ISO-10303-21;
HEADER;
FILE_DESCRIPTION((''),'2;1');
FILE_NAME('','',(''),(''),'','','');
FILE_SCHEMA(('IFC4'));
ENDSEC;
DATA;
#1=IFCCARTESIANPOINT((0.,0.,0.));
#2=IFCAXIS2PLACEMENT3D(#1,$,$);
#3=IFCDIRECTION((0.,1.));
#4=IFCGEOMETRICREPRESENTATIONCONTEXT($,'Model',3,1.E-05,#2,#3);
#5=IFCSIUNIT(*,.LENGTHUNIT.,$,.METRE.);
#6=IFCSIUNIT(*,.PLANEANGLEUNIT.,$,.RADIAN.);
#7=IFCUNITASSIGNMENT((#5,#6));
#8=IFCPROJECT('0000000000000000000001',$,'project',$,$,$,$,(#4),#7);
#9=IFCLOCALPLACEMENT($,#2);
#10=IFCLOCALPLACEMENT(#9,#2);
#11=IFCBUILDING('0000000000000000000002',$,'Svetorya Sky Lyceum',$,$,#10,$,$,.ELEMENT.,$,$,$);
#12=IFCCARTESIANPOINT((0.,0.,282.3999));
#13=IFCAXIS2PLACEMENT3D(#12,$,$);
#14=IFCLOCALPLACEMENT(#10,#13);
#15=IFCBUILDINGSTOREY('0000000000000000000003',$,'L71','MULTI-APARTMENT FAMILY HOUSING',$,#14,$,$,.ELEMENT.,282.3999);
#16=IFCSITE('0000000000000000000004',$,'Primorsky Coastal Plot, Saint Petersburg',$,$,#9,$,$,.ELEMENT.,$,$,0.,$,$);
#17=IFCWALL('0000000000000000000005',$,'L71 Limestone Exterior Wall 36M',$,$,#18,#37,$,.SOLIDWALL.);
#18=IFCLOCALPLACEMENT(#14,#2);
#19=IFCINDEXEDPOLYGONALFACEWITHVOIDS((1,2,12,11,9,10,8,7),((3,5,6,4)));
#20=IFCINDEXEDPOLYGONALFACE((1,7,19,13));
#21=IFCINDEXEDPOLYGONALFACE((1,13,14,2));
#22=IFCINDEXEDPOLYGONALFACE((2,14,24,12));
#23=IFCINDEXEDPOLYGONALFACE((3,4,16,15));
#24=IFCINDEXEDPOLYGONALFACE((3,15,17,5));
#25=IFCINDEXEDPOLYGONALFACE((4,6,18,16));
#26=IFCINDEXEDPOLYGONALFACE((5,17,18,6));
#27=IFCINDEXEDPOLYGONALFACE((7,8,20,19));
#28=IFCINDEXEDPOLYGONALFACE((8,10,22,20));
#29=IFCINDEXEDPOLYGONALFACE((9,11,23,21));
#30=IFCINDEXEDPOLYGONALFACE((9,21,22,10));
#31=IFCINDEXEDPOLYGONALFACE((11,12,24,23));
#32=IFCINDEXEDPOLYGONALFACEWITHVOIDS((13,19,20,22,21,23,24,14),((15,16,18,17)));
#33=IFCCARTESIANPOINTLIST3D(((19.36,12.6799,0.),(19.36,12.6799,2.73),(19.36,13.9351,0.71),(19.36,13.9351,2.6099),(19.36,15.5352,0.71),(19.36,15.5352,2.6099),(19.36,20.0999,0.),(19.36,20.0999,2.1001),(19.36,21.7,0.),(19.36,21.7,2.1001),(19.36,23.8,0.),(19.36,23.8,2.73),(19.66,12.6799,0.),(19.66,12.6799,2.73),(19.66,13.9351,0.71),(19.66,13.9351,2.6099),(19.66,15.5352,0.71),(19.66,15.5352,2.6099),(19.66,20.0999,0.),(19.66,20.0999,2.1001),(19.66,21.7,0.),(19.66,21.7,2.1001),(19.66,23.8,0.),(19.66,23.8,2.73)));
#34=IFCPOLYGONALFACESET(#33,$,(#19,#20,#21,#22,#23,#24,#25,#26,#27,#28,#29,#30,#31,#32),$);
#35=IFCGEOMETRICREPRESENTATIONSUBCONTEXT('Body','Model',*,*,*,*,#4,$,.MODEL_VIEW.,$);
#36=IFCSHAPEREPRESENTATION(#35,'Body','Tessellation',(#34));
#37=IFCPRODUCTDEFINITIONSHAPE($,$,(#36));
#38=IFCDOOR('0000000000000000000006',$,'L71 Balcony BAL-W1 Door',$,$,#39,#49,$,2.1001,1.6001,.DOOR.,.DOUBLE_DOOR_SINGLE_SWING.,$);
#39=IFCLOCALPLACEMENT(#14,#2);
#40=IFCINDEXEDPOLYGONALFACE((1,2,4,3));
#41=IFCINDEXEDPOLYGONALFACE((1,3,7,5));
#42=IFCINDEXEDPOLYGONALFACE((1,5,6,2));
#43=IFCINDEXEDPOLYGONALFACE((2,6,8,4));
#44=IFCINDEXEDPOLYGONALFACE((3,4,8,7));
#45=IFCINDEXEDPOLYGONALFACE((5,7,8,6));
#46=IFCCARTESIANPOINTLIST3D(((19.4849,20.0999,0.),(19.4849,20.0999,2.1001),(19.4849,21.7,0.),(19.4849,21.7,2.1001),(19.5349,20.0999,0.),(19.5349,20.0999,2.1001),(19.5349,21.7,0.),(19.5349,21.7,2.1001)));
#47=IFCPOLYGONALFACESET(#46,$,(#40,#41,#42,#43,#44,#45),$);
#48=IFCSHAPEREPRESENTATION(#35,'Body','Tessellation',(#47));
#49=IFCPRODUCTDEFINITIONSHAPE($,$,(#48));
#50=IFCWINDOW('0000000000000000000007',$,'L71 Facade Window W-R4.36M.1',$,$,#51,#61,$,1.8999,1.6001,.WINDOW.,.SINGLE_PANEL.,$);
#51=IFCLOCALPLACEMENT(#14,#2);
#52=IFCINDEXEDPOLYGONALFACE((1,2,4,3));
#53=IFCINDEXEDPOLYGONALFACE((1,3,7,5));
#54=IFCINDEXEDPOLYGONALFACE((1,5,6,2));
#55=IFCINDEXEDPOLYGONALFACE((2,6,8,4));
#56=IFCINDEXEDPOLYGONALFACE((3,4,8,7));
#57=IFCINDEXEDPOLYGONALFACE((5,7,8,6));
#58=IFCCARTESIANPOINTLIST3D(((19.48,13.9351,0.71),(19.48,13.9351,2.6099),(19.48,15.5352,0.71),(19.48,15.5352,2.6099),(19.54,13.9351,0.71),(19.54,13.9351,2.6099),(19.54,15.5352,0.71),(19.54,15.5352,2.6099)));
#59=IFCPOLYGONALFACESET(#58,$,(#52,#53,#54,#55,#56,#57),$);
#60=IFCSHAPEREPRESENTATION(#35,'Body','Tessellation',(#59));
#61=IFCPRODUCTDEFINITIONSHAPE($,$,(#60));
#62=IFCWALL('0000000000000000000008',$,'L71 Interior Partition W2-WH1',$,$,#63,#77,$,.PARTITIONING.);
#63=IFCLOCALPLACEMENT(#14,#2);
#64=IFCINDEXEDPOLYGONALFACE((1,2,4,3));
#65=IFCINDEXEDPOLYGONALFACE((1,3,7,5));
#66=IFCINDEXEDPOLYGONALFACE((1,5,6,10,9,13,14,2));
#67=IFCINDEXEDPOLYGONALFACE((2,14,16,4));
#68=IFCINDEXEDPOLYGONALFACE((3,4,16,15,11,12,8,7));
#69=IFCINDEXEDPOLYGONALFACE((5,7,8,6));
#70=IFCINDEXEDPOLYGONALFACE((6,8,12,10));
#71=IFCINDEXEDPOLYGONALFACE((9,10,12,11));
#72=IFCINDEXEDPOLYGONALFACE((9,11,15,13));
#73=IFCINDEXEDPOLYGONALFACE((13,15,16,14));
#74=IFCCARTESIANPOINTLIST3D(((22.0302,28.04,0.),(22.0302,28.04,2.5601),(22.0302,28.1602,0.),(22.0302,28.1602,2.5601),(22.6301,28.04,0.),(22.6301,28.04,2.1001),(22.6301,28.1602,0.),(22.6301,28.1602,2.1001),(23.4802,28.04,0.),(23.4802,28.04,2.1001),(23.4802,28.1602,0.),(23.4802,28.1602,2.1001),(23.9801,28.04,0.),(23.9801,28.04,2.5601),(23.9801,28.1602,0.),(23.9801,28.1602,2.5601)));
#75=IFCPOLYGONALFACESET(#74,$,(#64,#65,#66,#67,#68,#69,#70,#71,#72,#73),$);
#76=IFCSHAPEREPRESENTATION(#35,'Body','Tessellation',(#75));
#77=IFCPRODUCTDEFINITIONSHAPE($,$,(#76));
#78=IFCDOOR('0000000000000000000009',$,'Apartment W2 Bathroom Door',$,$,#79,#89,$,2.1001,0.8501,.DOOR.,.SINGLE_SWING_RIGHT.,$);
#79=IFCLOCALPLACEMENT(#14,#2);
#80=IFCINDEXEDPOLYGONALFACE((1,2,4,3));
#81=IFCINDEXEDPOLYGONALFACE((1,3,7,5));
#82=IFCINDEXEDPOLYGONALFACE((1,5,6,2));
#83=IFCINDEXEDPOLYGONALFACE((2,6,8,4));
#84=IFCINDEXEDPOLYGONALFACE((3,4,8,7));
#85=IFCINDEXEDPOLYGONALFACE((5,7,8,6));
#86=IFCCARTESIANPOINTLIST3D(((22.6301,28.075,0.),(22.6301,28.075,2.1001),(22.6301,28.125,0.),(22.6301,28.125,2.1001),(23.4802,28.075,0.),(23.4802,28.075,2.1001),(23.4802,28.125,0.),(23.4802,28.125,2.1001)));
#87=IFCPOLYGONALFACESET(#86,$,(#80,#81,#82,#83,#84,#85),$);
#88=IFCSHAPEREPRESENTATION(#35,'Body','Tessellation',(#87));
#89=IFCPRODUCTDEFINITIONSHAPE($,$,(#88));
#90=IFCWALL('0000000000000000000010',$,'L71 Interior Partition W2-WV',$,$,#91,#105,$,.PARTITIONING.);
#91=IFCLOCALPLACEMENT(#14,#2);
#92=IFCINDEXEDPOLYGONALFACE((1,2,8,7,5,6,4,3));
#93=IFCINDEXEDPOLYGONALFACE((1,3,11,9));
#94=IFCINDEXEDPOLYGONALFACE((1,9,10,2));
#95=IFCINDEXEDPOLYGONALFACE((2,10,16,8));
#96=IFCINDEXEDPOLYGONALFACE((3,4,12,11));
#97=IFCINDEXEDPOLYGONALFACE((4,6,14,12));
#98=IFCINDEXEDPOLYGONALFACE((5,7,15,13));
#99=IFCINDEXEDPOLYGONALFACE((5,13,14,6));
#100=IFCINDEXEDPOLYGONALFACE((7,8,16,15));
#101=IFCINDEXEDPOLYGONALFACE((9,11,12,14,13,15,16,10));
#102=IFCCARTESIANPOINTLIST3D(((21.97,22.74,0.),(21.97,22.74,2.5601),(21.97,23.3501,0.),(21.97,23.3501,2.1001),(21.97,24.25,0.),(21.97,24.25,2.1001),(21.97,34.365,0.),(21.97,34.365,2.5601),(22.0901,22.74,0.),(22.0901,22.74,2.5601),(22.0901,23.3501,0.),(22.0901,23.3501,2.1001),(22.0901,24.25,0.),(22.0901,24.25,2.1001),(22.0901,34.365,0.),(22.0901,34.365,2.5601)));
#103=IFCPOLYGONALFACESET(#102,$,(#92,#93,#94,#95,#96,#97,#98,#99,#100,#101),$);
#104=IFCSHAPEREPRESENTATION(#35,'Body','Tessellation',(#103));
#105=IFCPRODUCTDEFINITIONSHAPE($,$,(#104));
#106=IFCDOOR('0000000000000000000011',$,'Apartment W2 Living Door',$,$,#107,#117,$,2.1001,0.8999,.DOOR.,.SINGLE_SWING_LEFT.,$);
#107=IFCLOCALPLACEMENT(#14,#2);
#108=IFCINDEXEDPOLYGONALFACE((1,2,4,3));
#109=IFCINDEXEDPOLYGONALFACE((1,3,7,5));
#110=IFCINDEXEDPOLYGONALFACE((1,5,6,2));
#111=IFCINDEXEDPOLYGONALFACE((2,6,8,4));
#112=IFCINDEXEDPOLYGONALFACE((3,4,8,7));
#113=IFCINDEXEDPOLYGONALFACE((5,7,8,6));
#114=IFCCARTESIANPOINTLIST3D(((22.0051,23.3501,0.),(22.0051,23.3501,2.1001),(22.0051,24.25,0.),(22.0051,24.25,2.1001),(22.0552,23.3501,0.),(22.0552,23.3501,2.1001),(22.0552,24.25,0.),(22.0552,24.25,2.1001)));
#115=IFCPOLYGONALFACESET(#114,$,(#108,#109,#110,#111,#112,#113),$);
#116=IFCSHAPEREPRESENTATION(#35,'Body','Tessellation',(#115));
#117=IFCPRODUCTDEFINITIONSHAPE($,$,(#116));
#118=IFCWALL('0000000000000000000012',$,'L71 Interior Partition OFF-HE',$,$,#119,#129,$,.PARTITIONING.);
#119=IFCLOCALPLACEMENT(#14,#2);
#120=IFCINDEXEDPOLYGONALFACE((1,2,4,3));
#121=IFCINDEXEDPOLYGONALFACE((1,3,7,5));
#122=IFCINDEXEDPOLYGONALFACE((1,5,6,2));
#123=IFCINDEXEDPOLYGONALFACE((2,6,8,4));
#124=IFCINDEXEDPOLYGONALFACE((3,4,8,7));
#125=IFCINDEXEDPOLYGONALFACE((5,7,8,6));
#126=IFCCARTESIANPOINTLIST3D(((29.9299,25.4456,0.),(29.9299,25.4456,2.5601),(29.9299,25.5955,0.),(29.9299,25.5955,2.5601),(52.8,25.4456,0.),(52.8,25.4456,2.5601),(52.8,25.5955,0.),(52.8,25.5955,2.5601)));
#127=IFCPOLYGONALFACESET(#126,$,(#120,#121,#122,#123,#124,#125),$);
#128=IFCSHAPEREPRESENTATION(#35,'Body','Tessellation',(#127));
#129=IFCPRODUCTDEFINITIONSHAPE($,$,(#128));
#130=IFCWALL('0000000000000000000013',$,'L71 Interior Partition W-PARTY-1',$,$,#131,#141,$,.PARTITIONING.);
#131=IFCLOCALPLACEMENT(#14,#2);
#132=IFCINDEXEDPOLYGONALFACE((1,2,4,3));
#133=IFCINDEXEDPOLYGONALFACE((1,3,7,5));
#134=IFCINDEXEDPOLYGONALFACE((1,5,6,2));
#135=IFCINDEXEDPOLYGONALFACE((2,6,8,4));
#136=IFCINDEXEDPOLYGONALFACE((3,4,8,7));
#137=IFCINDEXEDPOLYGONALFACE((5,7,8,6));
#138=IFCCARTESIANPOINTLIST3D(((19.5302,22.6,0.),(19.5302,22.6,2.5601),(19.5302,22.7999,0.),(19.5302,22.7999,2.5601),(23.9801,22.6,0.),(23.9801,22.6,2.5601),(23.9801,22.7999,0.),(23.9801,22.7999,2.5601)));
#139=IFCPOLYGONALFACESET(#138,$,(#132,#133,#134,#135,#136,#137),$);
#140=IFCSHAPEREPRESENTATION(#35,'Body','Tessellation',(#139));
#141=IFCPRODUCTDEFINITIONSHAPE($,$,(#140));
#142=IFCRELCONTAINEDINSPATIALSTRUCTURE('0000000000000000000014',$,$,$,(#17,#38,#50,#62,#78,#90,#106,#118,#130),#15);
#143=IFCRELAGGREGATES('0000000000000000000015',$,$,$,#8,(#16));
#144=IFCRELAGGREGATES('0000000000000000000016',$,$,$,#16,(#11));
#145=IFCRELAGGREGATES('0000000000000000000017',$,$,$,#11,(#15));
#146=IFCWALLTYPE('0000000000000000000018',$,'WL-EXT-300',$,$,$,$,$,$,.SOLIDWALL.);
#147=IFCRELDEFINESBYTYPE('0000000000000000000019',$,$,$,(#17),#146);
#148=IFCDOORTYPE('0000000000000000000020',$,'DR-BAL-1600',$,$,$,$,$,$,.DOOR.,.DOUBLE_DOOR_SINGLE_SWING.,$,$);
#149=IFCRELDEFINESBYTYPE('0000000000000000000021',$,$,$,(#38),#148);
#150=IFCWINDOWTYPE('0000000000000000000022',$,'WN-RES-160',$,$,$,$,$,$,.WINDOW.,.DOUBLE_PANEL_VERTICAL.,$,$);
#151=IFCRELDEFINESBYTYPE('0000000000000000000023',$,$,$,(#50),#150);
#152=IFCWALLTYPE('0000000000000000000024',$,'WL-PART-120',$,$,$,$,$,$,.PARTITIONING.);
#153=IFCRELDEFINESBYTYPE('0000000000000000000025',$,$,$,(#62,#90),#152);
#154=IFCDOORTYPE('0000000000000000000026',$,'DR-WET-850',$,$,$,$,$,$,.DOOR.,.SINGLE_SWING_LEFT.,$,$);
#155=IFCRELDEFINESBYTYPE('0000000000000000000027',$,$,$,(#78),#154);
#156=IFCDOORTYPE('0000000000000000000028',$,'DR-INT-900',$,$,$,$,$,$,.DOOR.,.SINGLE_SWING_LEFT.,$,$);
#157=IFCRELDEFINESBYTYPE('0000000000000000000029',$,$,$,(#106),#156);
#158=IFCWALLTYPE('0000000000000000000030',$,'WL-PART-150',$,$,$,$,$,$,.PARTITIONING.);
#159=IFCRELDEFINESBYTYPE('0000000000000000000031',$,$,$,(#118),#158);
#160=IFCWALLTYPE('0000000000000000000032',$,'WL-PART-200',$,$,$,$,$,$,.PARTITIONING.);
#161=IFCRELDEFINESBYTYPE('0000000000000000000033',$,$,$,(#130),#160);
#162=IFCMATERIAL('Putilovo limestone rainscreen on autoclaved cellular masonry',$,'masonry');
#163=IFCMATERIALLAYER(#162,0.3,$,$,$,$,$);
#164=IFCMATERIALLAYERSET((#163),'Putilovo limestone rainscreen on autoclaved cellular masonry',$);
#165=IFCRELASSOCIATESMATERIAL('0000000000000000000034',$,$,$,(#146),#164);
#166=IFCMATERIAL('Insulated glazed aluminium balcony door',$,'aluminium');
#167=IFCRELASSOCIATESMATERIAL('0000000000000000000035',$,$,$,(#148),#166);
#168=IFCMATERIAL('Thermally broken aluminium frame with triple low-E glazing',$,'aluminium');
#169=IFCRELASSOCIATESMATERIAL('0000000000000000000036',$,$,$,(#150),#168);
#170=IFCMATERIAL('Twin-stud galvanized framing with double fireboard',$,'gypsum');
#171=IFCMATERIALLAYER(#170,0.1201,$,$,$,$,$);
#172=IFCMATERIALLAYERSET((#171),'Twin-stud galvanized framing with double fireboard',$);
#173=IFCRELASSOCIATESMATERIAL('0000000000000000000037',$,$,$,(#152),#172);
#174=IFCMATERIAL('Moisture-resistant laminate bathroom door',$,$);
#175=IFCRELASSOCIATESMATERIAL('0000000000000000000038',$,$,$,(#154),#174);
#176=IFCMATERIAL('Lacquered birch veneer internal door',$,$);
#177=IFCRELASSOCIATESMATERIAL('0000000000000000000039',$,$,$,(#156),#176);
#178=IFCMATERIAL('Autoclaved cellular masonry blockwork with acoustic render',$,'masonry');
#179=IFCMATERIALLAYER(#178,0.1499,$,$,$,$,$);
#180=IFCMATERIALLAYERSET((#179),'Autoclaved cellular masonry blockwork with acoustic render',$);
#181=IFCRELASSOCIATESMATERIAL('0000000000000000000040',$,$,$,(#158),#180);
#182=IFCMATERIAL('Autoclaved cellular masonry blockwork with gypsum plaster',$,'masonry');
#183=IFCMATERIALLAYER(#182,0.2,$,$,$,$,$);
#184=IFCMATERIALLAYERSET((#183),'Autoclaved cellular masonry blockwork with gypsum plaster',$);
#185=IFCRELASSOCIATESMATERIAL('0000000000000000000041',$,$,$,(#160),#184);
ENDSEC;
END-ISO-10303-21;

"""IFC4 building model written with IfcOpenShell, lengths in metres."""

from ifc_helpers import new_model, si_unit, direction, frame, frame_2d, origin, place, context, subcontext, project, spatial, rectangle, extrude, material, layer, layer_set, type_object, element, fill, save


model = new_model("IFC4")

# Units and contexts
model_context = context("Model", 3, precision=1e-05, world=origin(), true_north=direction((0.0, 1.0)))
body_context = subcontext(model_context, "Body", "Model", "MODEL_VIEW")
ifc_project = project(units=[si_unit("LENGTHUNIT", "METRE"), si_unit("PLANEANGLEUNIT", "RADIAN")], contexts=[model_context])

# Site, building, storey
site_placement = place(None, origin())
site = spatial("IfcSite", under=ifc_project, at=site_placement, Name="Primorsky Coastal Plot, Saint Petersburg", CompositionType="ELEMENT", RefElevation=0.0)
building_placement = place(site_placement, origin())
building = spatial("IfcBuilding", under=site, at=building_placement, Name="Svetorya Sky Lyceum", CompositionType="ELEMENT")
storey_placement = place(building_placement, frame((0.0, 0.0, 282.3999)))
storey = spatial("IfcBuildingStorey", under=building, at=storey_placement, Name="L71", Description="MULTI-APARTMENT FAMILY HOUSING", CompositionType="ELEMENT", Elevation=282.3999)

# Shared definitions
ifc_material_1 = material(Name="Putilovo limestone rainscreen on autoclaved cellular masonry", Category="masonry")
ifc_layer_1 = layer(ifc_material_1, 0.3)
ifc_layer_set_1 = layer_set([ifc_layer_1], Name="Putilovo limestone rainscreen on autoclaved cellular masonry")
wall_type_1 = type_object("IfcWallType", Name="WL-EXT-300", PredefinedType="SOLIDWALL", material=ifc_layer_set_1)

# Shared definitions
ifc_material_2 = material(Name="Thermally broken aluminium frame with triple low-E glazing", Category="aluminium")

# Wall, openings, door, window
wall_1_placement = place(storey_placement, frame((19.51, 23.8, 0.0), z_axis=(0.0, 0.0, 1.0), x_axis=(0.0, -1.0, 0.0)))
wall_1 = element("IfcWall", 1, at=wall_1_placement, inside=storey, type_object=wall_type_1, Name="L71 Limestone Exterior Wall 36M", PredefinedType="SOLIDWALL", context=body_context, shape_type="SweptSolid", body=[
    extrude(rectangle(XDim=11.1201, YDim=0.3, at=frame_2d((5.5601, 0.0))), origin(), (0.0, 0.0, 1.0), 2.73),
])
opening_1_placement = place(wall_1_placement, frame((2.1001, 0.0, 0.0)))
opening_1 = element("IfcOpeningElement", 2, at=opening_1_placement, cuts=wall_1, PredefinedType="OPENING", context=body_context, shape_type="SweptSolid", body=[
    extrude(rectangle(XDim=1.6001, YDim=2.1001, at=frame_2d((0.8, 1.05))), frame((0.0, 0.1599, 0.0), z_axis=(0.0, -1.0, 0.0), x_axis=(1.0, 0.0, 0.0)), (0.0, 0.0, 1.0), 0.3201),
])
opening_2_placement = place(wall_1_placement, frame((8.2649, 0.0, 0.71)))
opening_2 = element("IfcOpeningElement", 3, at=opening_2_placement, cuts=wall_1, PredefinedType="OPENING", context=body_context, shape_type="SweptSolid", body=[
    extrude(rectangle(XDim=1.6001, YDim=1.8999, at=frame_2d((0.8, 0.95))), frame((0.0, 0.1599, 0.0), z_axis=(0.0, -1.0, 0.0), x_axis=(1.0, 0.0, 0.0)), (0.0, 0.0, 1.0), 0.3201),
])
ifc_material_3 = material(Name="Insulated glazed aluminium balcony door", Category="aluminium")
door_type_1 = type_object("IfcDoorType", Name="DR-BAL-1600", OperationType="DOUBLE_DOOR_SINGLE_SWING", PredefinedType="DOOR", material=ifc_material_3)
door_1_placement = place(opening_1_placement, origin())
door_1 = element("IfcDoor", 4, at=door_1_placement, inside=storey, type_object=door_type_1, Name="L71 Balcony BAL-W1 Door", OperationType="DOUBLE_DOOR_SINGLE_SWING", OverallHeight=2.1001, OverallWidth=1.6001, PredefinedType="DOOR", context=body_context, shape_type="SweptSolid", body=[
    extrude(rectangle(XDim=1.6001, YDim=2.1001, at=frame_2d((0.8, 1.05))), frame((0.0, 0.0249, 0.0), z_axis=(0.0, -1.0, 0.0), x_axis=(1.0, 0.0, 0.0)), (0.0, 0.0, 1.0), 0.05),
])
fill(opening_1, door_1)
window_type_1 = type_object("IfcWindowType", Name="WN-RES-160", PartitioningType="DOUBLE_PANEL_VERTICAL", PredefinedType="WINDOW", material=ifc_material_2)
window_1_placement = place(opening_2_placement, origin())
window_1 = element("IfcWindow", 5, at=window_1_placement, inside=storey, type_object=window_type_1, Name="L71 Facade Window W-R4.36M.1", OverallHeight=1.8999, OverallWidth=1.6001, PartitioningType="SINGLE_PANEL", PredefinedType="WINDOW", context=body_context, shape_type="SweptSolid", body=[
    extrude(rectangle(XDim=1.6001, YDim=1.8999, at=frame_2d((0.8, 0.95))), frame((0.0, 0.03, 0.0), z_axis=(0.0, -1.0, 0.0), x_axis=(1.0, 0.0, 0.0)), (0.0, 0.0, 1.0), 0.0601),
])
fill(opening_2, window_1)

# Walls, openings, doors
ifc_material_4 = material(Name="Twin-stud galvanized framing with double fireboard", Category="gypsum")
ifc_layer_2 = layer(ifc_material_4, 0.1201)
ifc_layer_set_2 = layer_set([ifc_layer_2], Name="Twin-stud galvanized framing with double fireboard")
wall_type_2 = type_object("IfcWallType", Name="WL-PART-120", PredefinedType="PARTITIONING", material=ifc_layer_set_2)
wall_2_placement = place(storey_placement, frame((22.03, 28.1001, 0.0), z_axis=(0.0, 0.0, 1.0), x_axis=(1.0, 0.0, 0.0)))
wall_2 = element("IfcWall", 6, at=wall_2_placement, inside=storey, type_object=wall_type_2, Name="L71 Interior Partition W2-WH1", PredefinedType="PARTITIONING", context=body_context, shape_type="SweptSolid", body=[
    extrude(rectangle(XDim=1.95, YDim=0.1201, at=frame_2d((0.9751, 0.0))), origin(), (0.0, 0.0, 1.0), 2.5601),
])
opening_3_placement = place(wall_2_placement, frame((0.6001, 0.0, 0.0)))
opening_3 = element("IfcOpeningElement", 7, at=opening_3_placement, cuts=wall_2, PredefinedType="OPENING", context=body_context, shape_type="SweptSolid", body=[
    extrude(rectangle(XDim=0.8501, YDim=2.1001, at=frame_2d((0.425, 1.05))), frame((0.0, 0.0701, 0.0), z_axis=(0.0, -1.0, 0.0), x_axis=(1.0, 0.0, 0.0)), (0.0, 0.0, 1.0), 0.1401),
])
ifc_material_5 = material(Name="Moisture-resistant laminate bathroom door")
door_type_2 = type_object("IfcDoorType", Name="DR-WET-850", OperationType="SINGLE_SWING_LEFT", PredefinedType="DOOR", material=ifc_material_5)
door_2_placement = place(opening_3_placement, origin())
door_2 = element("IfcDoor", 8, at=door_2_placement, inside=storey, type_object=door_type_2, Name="Apartment W2 Bathroom Door", OperationType="SINGLE_SWING_RIGHT", OverallHeight=2.1001, OverallWidth=0.8501, PredefinedType="DOOR", context=body_context, shape_type="SweptSolid", body=[
    extrude(rectangle(XDim=0.8501, YDim=2.1001, at=frame_2d((0.425, 1.05))), frame((0.0, 0.0249, 0.0), z_axis=(0.0, -1.0, 0.0), x_axis=(1.0, 0.0, 0.0)), (0.0, 0.0, 1.0), 0.05),
])
fill(opening_3, door_2)
wall_3_placement = place(storey_placement, frame((22.03, 22.74, 0.0), z_axis=(0.0, 0.0, 1.0), x_axis=(0.0, 1.0, 0.0)))
wall_3 = element("IfcWall", 9, at=wall_3_placement, inside=storey, type_object=wall_type_2, Name="L71 Interior Partition W2-WV", PredefinedType="PARTITIONING", context=body_context, shape_type="SweptSolid", body=[
    extrude(rectangle(XDim=11.625, YDim=0.1201, at=frame_2d((5.8125, 0.0))), origin(), (0.0, 0.0, 1.0), 2.5601),
])
opening_4_placement = place(wall_3_placement, frame((0.6101, 0.0, 0.0)))
opening_4 = element("IfcOpeningElement", 10, at=opening_4_placement, cuts=wall_3, PredefinedType="OPENING", context=body_context, shape_type="SweptSolid", body=[
    extrude(rectangle(XDim=0.8999, YDim=2.1001, at=frame_2d((0.45, 1.05))), frame((0.0, 0.0701, 0.0), z_axis=(0.0, -1.0, 0.0), x_axis=(1.0, 0.0, 0.0)), (0.0, 0.0, 1.0), 0.1401),
])
ifc_material_6 = material(Name="Lacquered birch veneer internal door")
door_type_3 = type_object("IfcDoorType", Name="DR-INT-900", OperationType="SINGLE_SWING_LEFT", PredefinedType="DOOR", material=ifc_material_6)
door_3_placement = place(opening_4_placement, origin())
door_3 = element("IfcDoor", 11, at=door_3_placement, inside=storey, type_object=door_type_3, Name="Apartment W2 Living Door", OperationType="SINGLE_SWING_LEFT", OverallHeight=2.1001, OverallWidth=0.8999, PredefinedType="DOOR", context=body_context, shape_type="SweptSolid", body=[
    extrude(rectangle(XDim=0.8999, YDim=2.1001, at=frame_2d((0.45, 1.05))), frame((0.0, 0.0249, 0.0), z_axis=(0.0, -1.0, 0.0), x_axis=(1.0, 0.0, 0.0)), (0.0, 0.0, 1.0), 0.05),
])
fill(opening_4, door_3)

# Walls
ifc_material_7 = material(Name="Autoclaved cellular masonry blockwork with acoustic render", Category="masonry")
ifc_layer_3 = layer(ifc_material_7, 0.1499)
ifc_layer_set_3 = layer_set([ifc_layer_3], Name="Autoclaved cellular masonry blockwork with acoustic render")
wall_type_3 = type_object("IfcWallType", Name="WL-PART-150", PredefinedType="PARTITIONING", material=ifc_layer_set_3)
wall_4_placement = place(storey_placement, frame((29.9299, 25.5205, 0.0), z_axis=(0.0, 0.0, 1.0), x_axis=(1.0, 0.0, 0.0)))
element("IfcWall", 12, at=wall_4_placement, inside=storey, type_object=wall_type_3, Name="L71 Interior Partition OFF-HE", PredefinedType="PARTITIONING", context=body_context, shape_type="SweptSolid", body=[
    extrude(rectangle(XDim=22.8701, YDim=0.1499, at=frame_2d((11.4351, 0.0))), origin(), (0.0, 0.0, 1.0), 2.5601),
])
ifc_material_8 = material(Name="Autoclaved cellular masonry blockwork with gypsum plaster", Category="masonry")
ifc_layer_4 = layer(ifc_material_8, 0.2)
ifc_layer_set_4 = layer_set([ifc_layer_4], Name="Autoclaved cellular masonry blockwork with gypsum plaster")
wall_type_4 = type_object("IfcWallType", Name="WL-PART-200", PredefinedType="PARTITIONING", material=ifc_layer_set_4)
wall_5_placement = place(storey_placement, frame((19.53, 22.7, 0.0), z_axis=(0.0, 0.0, 1.0), x_axis=(1.0, 0.0, 0.0)))
element("IfcWall", 13, at=wall_5_placement, inside=storey, type_object=wall_type_4, Name="L71 Interior Partition W-PARTY-1", PredefinedType="PARTITIONING", context=body_context, shape_type="SweptSolid", body=[
    extrude(rectangle(XDim=4.45, YDim=0.2, at=frame_2d((2.2251, 0.0))), origin(), (0.0, 0.0, 1.0), 2.5601),
])

save(model, "model.ifc")
